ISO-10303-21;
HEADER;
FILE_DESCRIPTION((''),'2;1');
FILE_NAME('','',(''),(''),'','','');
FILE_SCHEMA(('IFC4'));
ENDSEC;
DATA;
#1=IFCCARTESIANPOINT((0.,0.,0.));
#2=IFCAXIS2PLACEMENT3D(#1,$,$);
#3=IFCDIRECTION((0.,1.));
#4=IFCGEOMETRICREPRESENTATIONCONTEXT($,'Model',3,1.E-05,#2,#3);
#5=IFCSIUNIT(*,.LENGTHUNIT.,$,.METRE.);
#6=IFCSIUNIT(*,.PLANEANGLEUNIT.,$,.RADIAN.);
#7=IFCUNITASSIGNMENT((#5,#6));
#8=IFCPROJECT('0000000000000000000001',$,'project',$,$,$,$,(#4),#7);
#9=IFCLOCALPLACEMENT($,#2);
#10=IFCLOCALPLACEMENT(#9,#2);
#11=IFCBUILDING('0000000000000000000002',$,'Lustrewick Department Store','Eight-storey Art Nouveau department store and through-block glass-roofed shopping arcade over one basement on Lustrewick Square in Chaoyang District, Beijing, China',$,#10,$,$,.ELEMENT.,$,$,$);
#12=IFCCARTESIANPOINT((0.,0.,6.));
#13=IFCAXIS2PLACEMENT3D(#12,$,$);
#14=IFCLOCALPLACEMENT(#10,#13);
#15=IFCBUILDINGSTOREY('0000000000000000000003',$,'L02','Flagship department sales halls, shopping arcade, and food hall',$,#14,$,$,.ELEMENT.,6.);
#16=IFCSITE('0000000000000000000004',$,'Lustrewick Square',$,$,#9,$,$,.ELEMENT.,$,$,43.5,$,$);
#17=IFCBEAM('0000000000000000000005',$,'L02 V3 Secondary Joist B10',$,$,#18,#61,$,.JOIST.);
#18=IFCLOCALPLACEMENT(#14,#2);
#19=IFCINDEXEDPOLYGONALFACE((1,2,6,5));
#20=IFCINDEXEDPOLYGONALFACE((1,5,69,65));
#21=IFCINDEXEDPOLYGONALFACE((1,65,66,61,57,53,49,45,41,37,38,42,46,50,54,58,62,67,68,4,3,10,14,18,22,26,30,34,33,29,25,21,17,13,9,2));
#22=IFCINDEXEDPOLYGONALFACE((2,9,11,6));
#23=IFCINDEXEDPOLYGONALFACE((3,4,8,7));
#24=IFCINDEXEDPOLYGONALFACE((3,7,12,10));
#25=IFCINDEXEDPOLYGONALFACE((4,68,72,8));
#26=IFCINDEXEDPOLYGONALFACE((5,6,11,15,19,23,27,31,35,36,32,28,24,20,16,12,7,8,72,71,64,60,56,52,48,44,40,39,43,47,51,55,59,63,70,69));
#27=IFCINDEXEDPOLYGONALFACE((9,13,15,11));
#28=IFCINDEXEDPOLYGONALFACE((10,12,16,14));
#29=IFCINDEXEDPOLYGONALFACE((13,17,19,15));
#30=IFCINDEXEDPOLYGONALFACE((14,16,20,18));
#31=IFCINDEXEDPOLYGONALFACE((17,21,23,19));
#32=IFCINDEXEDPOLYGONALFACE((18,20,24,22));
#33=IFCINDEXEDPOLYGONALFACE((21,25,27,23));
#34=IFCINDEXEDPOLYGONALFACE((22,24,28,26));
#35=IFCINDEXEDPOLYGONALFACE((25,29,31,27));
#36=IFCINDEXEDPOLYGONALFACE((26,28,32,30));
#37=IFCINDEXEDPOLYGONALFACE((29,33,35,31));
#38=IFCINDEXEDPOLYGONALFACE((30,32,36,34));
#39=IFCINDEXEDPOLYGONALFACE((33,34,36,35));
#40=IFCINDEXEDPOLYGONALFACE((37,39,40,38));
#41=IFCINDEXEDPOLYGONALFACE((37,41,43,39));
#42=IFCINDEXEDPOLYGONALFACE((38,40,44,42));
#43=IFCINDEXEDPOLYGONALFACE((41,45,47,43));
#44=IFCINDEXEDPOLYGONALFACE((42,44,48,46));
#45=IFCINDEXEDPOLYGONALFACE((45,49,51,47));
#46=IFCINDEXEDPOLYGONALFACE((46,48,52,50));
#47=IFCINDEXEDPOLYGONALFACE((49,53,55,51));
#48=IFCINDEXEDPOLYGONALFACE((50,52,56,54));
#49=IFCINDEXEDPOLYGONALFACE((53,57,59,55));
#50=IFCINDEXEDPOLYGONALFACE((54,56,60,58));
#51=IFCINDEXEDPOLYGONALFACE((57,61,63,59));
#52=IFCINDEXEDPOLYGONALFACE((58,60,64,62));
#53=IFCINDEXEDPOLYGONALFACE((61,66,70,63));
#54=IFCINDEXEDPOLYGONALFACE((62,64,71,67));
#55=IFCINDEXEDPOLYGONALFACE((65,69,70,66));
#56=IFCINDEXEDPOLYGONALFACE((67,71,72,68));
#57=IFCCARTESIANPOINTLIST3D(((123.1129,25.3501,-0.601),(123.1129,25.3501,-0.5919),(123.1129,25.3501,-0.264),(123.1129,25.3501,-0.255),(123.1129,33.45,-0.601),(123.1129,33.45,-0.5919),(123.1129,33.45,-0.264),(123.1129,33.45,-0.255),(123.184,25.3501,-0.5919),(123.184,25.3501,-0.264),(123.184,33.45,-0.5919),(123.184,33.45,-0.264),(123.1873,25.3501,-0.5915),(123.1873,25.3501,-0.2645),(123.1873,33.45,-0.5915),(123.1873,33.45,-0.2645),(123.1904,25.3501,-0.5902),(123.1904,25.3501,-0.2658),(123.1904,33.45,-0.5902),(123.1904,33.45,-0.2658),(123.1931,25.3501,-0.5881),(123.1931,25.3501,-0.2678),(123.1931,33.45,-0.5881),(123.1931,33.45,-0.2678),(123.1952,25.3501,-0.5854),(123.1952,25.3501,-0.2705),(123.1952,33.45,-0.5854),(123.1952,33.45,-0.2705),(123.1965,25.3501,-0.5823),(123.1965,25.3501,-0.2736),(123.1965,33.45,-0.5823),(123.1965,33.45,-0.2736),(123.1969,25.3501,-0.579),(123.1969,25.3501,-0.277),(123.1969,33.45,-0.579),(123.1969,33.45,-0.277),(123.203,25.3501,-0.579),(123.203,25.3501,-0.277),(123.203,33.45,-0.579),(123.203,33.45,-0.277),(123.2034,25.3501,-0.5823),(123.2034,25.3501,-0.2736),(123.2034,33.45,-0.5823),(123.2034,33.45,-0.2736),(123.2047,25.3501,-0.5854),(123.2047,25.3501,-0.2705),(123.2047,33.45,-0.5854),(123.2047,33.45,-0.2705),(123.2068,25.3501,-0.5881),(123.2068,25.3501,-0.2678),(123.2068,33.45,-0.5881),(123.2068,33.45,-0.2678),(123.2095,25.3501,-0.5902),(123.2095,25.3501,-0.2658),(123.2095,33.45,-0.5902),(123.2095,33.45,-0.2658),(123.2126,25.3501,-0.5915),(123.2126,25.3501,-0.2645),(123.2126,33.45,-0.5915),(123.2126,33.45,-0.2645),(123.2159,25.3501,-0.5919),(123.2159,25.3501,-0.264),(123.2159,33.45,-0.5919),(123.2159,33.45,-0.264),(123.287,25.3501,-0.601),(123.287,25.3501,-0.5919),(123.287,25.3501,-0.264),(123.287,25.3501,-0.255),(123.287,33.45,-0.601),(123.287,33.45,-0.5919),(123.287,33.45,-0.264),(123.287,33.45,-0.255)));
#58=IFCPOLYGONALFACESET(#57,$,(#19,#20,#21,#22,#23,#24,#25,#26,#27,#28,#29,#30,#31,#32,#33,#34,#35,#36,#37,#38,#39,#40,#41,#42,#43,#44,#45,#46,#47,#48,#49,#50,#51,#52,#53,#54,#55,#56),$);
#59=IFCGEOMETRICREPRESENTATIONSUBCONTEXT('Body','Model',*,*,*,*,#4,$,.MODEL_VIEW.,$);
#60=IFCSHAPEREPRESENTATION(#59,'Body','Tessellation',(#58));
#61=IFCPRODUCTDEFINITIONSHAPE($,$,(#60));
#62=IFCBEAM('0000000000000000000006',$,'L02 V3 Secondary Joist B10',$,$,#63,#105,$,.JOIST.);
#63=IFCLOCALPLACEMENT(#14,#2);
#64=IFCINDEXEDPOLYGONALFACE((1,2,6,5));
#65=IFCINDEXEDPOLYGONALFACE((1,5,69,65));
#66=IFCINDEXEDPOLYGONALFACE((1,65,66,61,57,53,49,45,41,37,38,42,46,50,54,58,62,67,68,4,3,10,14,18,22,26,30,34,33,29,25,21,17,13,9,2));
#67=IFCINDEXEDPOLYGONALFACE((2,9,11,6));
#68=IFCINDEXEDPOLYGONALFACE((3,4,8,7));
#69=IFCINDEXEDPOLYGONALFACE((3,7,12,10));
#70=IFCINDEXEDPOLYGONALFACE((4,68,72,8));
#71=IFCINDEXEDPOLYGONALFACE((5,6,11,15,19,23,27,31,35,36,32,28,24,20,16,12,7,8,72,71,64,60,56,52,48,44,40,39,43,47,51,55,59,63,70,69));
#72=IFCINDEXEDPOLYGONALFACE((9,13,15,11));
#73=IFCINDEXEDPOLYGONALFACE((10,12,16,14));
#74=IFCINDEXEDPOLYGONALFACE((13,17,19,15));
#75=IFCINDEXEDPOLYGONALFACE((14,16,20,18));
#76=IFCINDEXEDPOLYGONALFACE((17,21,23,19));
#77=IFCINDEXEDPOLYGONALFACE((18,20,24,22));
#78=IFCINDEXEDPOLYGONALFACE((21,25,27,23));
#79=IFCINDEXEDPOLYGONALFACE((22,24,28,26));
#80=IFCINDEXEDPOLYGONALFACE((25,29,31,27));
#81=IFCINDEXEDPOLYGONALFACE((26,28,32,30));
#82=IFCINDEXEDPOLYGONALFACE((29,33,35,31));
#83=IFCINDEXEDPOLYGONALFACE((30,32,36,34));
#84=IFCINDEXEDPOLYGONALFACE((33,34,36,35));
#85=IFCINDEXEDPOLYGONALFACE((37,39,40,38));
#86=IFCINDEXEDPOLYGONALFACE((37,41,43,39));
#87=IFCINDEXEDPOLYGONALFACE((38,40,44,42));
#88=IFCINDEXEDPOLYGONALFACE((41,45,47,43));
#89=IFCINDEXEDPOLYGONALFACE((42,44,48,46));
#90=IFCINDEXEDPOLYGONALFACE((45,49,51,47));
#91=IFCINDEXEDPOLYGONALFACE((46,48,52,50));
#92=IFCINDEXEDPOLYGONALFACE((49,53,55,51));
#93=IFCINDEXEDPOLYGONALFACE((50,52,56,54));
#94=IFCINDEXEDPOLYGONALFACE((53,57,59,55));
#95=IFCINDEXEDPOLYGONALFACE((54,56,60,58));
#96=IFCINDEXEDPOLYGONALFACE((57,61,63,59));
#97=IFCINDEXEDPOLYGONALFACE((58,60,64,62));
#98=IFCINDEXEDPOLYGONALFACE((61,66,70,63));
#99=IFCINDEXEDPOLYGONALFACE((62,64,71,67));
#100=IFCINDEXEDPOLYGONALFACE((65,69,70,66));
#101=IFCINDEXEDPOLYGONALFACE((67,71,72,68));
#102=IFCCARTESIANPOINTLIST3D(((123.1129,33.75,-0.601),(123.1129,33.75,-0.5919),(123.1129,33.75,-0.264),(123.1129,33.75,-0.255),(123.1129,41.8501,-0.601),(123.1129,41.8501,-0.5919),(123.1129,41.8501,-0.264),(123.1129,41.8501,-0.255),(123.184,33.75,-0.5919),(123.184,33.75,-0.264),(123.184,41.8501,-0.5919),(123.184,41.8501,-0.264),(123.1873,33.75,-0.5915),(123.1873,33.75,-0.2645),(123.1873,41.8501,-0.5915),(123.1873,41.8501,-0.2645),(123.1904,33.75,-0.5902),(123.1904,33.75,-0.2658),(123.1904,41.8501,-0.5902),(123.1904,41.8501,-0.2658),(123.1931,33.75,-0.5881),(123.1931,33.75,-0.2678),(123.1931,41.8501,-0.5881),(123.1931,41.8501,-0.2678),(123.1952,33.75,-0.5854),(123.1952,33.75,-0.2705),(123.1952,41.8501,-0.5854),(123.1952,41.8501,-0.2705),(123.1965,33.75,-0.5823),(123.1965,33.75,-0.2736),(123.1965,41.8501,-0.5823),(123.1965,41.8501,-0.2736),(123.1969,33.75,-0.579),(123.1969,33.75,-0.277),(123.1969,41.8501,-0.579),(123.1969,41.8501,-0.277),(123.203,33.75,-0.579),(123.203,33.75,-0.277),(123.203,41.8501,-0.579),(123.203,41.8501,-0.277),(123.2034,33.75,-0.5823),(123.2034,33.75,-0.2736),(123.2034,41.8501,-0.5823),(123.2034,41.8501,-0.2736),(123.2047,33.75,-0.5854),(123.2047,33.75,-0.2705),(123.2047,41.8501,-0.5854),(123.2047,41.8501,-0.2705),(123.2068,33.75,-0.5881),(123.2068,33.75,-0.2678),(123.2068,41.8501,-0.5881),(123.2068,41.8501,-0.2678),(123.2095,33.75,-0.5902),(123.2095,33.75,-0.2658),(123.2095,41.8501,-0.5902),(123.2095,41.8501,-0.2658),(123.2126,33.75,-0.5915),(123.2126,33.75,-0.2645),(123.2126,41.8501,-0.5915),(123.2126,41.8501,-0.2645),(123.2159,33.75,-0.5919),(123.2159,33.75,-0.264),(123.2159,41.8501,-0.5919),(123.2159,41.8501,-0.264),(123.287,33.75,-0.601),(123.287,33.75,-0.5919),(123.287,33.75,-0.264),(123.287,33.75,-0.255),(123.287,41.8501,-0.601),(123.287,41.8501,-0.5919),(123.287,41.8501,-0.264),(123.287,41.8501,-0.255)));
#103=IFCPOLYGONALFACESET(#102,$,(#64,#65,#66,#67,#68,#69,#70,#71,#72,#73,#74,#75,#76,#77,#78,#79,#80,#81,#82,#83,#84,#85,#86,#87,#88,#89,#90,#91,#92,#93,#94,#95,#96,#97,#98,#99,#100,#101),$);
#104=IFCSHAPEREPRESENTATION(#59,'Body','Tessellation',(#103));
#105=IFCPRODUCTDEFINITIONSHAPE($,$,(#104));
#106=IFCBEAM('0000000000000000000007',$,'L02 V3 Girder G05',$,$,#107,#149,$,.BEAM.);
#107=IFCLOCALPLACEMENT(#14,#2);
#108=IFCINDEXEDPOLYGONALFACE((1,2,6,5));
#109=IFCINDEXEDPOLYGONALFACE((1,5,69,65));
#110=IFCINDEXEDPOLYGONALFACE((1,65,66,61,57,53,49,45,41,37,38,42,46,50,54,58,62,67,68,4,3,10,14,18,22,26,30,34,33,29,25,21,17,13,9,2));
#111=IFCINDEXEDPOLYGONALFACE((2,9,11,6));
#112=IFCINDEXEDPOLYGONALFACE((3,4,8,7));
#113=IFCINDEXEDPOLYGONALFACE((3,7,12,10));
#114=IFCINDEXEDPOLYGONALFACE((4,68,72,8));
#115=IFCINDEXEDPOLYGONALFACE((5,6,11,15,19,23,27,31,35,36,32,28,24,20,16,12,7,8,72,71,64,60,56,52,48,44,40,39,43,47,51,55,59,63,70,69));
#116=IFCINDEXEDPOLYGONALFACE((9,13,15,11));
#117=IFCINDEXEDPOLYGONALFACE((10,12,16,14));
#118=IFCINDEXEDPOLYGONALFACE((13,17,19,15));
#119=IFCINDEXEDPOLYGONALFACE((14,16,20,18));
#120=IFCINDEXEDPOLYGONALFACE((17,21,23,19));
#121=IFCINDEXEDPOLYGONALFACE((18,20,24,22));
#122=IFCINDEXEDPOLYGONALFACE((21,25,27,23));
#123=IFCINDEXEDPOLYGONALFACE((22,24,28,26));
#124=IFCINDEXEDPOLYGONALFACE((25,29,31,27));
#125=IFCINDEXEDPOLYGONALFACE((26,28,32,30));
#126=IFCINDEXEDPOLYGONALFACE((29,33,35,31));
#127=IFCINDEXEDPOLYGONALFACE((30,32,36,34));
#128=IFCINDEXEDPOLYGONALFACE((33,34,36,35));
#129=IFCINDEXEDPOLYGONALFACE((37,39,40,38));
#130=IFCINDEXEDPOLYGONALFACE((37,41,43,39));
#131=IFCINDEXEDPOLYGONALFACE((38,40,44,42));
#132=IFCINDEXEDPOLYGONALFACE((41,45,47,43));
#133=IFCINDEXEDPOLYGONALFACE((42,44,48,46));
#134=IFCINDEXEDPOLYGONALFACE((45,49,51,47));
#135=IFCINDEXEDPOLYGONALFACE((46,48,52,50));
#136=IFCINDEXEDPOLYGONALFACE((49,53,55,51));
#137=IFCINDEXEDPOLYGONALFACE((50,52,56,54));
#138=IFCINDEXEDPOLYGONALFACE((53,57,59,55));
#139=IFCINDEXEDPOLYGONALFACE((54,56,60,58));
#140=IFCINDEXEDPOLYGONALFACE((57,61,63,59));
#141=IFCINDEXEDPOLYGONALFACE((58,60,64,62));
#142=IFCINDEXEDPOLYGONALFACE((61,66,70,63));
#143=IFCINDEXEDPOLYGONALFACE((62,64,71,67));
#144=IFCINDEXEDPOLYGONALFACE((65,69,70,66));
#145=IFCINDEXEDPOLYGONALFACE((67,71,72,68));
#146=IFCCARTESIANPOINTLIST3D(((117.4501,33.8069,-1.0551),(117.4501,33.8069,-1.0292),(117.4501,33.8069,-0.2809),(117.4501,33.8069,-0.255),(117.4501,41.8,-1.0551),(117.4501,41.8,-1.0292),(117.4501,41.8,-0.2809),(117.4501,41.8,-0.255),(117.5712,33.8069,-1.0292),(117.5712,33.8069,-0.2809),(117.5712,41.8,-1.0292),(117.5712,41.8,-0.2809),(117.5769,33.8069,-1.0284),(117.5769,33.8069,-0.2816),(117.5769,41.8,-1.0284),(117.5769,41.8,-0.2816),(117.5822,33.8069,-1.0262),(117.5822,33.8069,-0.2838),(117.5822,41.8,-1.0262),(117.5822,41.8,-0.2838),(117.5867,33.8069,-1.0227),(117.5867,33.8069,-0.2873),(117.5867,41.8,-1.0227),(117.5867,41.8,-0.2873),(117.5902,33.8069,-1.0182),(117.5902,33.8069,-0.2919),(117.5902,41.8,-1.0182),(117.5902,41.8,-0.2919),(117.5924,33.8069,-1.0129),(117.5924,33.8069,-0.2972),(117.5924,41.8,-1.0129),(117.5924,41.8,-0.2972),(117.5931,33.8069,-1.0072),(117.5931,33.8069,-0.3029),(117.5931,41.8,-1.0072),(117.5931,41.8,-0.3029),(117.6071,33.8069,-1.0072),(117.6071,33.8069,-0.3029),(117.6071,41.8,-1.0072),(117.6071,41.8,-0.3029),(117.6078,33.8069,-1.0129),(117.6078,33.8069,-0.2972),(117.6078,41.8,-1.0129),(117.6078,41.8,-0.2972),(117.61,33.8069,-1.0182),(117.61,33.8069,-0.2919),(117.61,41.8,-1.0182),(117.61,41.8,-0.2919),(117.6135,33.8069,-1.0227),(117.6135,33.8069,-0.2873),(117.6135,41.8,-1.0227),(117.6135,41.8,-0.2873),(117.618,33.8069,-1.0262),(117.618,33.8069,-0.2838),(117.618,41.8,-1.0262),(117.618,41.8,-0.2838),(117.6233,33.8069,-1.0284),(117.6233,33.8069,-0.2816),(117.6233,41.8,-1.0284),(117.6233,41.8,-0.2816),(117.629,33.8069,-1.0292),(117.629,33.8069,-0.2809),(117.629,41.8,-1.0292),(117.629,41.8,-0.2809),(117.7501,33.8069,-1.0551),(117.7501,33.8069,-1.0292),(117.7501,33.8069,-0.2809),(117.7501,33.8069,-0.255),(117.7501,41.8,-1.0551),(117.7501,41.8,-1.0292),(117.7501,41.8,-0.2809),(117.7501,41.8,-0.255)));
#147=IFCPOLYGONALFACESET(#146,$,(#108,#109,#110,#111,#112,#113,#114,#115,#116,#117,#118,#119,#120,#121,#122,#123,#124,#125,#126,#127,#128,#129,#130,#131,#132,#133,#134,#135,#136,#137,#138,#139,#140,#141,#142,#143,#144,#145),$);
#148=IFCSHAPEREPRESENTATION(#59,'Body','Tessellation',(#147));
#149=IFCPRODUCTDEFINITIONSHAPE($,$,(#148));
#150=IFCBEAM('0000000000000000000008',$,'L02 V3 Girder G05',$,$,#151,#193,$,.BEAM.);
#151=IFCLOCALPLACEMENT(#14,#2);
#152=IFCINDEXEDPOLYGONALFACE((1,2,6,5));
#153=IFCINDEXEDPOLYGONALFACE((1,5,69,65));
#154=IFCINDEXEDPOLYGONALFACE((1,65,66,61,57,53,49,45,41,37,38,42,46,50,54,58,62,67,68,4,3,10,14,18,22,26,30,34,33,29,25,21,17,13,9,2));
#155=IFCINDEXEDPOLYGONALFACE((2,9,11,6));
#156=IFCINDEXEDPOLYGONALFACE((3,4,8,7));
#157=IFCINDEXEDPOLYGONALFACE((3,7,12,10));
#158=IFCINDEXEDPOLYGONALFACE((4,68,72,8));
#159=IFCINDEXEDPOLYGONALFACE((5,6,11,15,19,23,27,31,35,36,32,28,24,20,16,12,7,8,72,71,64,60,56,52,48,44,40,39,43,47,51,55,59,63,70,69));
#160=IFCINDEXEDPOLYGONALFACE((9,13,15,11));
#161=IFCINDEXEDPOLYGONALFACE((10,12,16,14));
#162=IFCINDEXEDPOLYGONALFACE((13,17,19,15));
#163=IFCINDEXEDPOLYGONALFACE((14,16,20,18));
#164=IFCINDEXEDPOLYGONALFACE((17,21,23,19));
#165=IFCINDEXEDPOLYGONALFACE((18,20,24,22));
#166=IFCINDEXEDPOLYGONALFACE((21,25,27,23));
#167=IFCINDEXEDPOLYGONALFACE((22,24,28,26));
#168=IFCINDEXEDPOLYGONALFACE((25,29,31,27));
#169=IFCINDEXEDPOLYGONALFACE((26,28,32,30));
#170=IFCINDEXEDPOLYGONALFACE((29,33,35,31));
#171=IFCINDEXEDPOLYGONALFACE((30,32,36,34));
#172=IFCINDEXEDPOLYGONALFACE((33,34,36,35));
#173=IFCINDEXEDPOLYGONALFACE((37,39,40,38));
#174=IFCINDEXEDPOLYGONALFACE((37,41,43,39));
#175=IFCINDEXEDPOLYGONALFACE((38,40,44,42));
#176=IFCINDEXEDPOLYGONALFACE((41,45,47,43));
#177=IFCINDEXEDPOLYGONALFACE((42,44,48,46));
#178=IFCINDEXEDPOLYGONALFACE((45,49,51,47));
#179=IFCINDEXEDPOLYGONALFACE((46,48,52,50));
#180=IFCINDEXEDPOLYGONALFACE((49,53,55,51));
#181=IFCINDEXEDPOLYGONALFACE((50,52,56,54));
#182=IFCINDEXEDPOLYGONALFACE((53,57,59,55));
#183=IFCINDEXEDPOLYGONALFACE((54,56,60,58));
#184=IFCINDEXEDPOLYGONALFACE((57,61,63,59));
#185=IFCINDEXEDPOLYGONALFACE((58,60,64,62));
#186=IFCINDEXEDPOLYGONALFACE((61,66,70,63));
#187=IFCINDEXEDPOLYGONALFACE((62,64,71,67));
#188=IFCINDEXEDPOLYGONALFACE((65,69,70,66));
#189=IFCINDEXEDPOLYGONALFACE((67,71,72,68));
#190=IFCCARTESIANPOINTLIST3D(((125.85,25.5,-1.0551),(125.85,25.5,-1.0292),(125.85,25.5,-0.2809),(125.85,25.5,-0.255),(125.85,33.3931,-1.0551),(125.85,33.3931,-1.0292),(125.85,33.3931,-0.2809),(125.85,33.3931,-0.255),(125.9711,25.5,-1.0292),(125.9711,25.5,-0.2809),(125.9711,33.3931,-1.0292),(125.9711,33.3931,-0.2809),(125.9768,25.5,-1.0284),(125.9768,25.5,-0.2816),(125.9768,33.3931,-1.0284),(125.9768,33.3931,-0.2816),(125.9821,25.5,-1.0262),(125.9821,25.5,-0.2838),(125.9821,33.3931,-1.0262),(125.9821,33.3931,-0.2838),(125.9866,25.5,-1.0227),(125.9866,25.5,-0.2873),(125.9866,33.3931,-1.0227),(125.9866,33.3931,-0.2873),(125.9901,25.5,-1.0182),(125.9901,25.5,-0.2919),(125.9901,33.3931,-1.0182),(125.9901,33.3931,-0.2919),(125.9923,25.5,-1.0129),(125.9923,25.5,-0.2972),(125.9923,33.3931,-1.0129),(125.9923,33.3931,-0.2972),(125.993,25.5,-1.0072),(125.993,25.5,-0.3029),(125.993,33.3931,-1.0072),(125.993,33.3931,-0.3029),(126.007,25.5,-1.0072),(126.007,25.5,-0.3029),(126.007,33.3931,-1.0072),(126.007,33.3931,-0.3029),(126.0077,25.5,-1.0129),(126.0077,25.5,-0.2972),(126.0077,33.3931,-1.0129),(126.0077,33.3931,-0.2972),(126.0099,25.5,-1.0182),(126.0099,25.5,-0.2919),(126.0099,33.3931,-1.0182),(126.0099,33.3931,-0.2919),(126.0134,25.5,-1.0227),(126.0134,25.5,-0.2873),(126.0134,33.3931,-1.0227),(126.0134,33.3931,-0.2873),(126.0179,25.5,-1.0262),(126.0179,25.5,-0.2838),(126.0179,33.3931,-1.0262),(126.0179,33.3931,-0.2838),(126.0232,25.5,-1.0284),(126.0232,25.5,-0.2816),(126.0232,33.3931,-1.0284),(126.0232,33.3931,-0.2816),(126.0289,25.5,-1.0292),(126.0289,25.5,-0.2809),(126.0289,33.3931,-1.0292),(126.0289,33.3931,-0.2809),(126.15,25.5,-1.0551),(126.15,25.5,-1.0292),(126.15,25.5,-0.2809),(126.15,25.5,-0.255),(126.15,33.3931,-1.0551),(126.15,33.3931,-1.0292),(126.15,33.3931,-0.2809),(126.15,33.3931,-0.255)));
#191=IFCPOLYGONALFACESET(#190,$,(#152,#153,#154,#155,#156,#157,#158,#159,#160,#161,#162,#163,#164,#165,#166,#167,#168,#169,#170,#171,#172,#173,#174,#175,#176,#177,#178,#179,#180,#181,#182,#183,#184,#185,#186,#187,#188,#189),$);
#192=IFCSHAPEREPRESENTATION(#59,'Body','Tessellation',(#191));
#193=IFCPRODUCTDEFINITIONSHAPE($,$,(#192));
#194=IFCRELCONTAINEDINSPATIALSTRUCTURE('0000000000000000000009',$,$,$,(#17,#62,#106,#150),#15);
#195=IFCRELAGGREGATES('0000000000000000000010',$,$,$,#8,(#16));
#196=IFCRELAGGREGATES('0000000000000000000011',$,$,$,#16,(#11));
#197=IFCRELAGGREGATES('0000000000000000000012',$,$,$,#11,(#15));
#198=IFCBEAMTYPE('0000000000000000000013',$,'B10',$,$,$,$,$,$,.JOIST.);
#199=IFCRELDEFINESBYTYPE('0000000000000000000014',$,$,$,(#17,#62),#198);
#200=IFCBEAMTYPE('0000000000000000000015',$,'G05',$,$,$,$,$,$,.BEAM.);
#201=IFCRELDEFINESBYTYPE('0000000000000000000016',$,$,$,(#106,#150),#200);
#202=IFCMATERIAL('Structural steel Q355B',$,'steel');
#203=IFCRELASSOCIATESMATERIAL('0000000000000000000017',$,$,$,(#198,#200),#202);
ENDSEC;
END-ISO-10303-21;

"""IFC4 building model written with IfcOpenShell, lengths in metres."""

from ifc_helpers import new_model, si_unit, direction, frame, origin, origin_2d, place, context, subcontext, project, spatial, i_section, extrude, material, material_profile, profile_set, type_object, element, save


model = new_model("IFC4")

# Units and contexts
model_context = context("Model", 3, precision=1e-05, world=origin(), true_north=direction((0.0, 1.0)))
body_context = subcontext(model_context, "Body", "Model", "MODEL_VIEW")
ifc_project = project(units=[si_unit("LENGTHUNIT", "METRE"), si_unit("PLANEANGLEUNIT", "RADIAN")], contexts=[model_context])

# Site, building, storey
site_placement = place(None, origin())
site = spatial("IfcSite", under=ifc_project, at=site_placement, Name="Lustrewick Square", CompositionType="ELEMENT", RefElevation=43.5)
building_placement = place(site_placement, origin())
building = spatial("IfcBuilding", under=site, at=building_placement, Name="Lustrewick Department Store", Description="Eight-storey Art Nouveau department store and through-block glass-roofed shopping arcade over one basement on Lustrewick Square in Chaoyang District, Beijing, China", CompositionType="ELEMENT")
storey_placement = place(building_placement, frame((0.0, 0.0, 6.0)))
storey = spatial("IfcBuildingStorey", under=building, at=storey_placement, Name="L02", Description="Flagship department sales halls, shopping arcade, and food hall", CompositionType="ELEMENT", Elevation=6.0)

# Shared definitions
ifc_material_1 = material(Name="Structural steel Q355B", Category="steel")

# Beams
ifc_material_profile_1 = material_profile(ifc_material_1, i_section(OverallWidth=0.1741, OverallDepth=0.3459, WebThickness=0.0061, FlangeThickness=0.009, FilletRadius=0.0129, at=origin_2d()), Name="HN 346x174x6x9")
ifc_profile_set_1 = profile_set([ifc_material_profile_1], Name="Structural steel Q355B")
beam_type_1 = type_object("IfcBeamType", Name="B10", PredefinedType="JOIST", material=ifc_profile_set_1)
beam_1_placement = place(storey_placement, frame((123.2, 25.3501, -0.428), z_axis=(0.0, 1.0, 0.0), x_axis=(-1.0, 0.0, 0.0)))
element("IfcBeam", 1, at=beam_1_placement, inside=storey, type_object=beam_type_1, Name="L02 V3 Secondary Joist B10", PredefinedType="JOIST", context=body_context, shape_type="SweptSolid", body=[
    extrude(i_section(OverallWidth=0.1741, OverallDepth=0.3459, WebThickness=0.0061, FlangeThickness=0.009, FilletRadius=0.0129, at=origin_2d()), origin(), (0.0, 0.0, 1.0), 8.0999),
])
beam_2_placement = place(storey_placement, frame((123.2, 33.75, -0.428), z_axis=(0.0, 1.0, 0.0), x_axis=(-1.0, 0.0, 0.0)))
element("IfcBeam", 2, at=beam_2_placement, inside=storey, type_object=beam_type_1, Name="L02 V3 Secondary Joist B10", PredefinedType="JOIST", context=body_context, shape_type="SweptSolid", body=[
    extrude(i_section(OverallWidth=0.1741, OverallDepth=0.3459, WebThickness=0.0061, FlangeThickness=0.009, FilletRadius=0.0129, at=origin_2d()), origin(), (0.0, 0.0, 1.0), 8.1001),
])
ifc_material_profile_2 = material_profile(ifc_material_1, i_section(OverallWidth=0.3, OverallDepth=0.8, WebThickness=0.0139, FlangeThickness=0.0259, FilletRadius=0.022, at=origin_2d()), Name="HN 800x300x14x26")
ifc_profile_set_2 = profile_set([ifc_material_profile_2], Name="Structural steel Q355B")
beam_type_2 = type_object("IfcBeamType", Name="G05", PredefinedType="BEAM", material=ifc_profile_set_2)
beam_3_placement = place(storey_placement, frame((117.6001, 33.8069, -0.655), z_axis=(0.0, 1.0, 0.0), x_axis=(-1.0, 0.0, 0.0)))
element("IfcBeam", 3, at=beam_3_placement, inside=storey, type_object=beam_type_2, Name="L02 V3 Girder G05", PredefinedType="BEAM", context=body_context, shape_type="SweptSolid", body=[
    extrude(i_section(OverallWidth=0.3, OverallDepth=0.8, WebThickness=0.0139, FlangeThickness=0.0259, FilletRadius=0.022, at=origin_2d()), origin(), (0.0, 0.0, 1.0), 7.9932),
])
beam_4_placement = place(storey_placement, frame((126.0, 25.5, -0.655), z_axis=(0.0, 1.0, 0.0), x_axis=(-1.0, 0.0, 0.0)))
element("IfcBeam", 4, at=beam_4_placement, inside=storey, type_object=beam_type_2, Name="L02 V3 Girder G05", PredefinedType="BEAM", context=body_context, shape_type="SweptSolid", body=[
    extrude(i_section(OverallWidth=0.3, OverallDepth=0.8, WebThickness=0.0139, FlangeThickness=0.0259, FilletRadius=0.022, at=origin_2d()), origin(), (0.0, 0.0, 1.0), 7.8931),
])

save(model, "model.ifc")
